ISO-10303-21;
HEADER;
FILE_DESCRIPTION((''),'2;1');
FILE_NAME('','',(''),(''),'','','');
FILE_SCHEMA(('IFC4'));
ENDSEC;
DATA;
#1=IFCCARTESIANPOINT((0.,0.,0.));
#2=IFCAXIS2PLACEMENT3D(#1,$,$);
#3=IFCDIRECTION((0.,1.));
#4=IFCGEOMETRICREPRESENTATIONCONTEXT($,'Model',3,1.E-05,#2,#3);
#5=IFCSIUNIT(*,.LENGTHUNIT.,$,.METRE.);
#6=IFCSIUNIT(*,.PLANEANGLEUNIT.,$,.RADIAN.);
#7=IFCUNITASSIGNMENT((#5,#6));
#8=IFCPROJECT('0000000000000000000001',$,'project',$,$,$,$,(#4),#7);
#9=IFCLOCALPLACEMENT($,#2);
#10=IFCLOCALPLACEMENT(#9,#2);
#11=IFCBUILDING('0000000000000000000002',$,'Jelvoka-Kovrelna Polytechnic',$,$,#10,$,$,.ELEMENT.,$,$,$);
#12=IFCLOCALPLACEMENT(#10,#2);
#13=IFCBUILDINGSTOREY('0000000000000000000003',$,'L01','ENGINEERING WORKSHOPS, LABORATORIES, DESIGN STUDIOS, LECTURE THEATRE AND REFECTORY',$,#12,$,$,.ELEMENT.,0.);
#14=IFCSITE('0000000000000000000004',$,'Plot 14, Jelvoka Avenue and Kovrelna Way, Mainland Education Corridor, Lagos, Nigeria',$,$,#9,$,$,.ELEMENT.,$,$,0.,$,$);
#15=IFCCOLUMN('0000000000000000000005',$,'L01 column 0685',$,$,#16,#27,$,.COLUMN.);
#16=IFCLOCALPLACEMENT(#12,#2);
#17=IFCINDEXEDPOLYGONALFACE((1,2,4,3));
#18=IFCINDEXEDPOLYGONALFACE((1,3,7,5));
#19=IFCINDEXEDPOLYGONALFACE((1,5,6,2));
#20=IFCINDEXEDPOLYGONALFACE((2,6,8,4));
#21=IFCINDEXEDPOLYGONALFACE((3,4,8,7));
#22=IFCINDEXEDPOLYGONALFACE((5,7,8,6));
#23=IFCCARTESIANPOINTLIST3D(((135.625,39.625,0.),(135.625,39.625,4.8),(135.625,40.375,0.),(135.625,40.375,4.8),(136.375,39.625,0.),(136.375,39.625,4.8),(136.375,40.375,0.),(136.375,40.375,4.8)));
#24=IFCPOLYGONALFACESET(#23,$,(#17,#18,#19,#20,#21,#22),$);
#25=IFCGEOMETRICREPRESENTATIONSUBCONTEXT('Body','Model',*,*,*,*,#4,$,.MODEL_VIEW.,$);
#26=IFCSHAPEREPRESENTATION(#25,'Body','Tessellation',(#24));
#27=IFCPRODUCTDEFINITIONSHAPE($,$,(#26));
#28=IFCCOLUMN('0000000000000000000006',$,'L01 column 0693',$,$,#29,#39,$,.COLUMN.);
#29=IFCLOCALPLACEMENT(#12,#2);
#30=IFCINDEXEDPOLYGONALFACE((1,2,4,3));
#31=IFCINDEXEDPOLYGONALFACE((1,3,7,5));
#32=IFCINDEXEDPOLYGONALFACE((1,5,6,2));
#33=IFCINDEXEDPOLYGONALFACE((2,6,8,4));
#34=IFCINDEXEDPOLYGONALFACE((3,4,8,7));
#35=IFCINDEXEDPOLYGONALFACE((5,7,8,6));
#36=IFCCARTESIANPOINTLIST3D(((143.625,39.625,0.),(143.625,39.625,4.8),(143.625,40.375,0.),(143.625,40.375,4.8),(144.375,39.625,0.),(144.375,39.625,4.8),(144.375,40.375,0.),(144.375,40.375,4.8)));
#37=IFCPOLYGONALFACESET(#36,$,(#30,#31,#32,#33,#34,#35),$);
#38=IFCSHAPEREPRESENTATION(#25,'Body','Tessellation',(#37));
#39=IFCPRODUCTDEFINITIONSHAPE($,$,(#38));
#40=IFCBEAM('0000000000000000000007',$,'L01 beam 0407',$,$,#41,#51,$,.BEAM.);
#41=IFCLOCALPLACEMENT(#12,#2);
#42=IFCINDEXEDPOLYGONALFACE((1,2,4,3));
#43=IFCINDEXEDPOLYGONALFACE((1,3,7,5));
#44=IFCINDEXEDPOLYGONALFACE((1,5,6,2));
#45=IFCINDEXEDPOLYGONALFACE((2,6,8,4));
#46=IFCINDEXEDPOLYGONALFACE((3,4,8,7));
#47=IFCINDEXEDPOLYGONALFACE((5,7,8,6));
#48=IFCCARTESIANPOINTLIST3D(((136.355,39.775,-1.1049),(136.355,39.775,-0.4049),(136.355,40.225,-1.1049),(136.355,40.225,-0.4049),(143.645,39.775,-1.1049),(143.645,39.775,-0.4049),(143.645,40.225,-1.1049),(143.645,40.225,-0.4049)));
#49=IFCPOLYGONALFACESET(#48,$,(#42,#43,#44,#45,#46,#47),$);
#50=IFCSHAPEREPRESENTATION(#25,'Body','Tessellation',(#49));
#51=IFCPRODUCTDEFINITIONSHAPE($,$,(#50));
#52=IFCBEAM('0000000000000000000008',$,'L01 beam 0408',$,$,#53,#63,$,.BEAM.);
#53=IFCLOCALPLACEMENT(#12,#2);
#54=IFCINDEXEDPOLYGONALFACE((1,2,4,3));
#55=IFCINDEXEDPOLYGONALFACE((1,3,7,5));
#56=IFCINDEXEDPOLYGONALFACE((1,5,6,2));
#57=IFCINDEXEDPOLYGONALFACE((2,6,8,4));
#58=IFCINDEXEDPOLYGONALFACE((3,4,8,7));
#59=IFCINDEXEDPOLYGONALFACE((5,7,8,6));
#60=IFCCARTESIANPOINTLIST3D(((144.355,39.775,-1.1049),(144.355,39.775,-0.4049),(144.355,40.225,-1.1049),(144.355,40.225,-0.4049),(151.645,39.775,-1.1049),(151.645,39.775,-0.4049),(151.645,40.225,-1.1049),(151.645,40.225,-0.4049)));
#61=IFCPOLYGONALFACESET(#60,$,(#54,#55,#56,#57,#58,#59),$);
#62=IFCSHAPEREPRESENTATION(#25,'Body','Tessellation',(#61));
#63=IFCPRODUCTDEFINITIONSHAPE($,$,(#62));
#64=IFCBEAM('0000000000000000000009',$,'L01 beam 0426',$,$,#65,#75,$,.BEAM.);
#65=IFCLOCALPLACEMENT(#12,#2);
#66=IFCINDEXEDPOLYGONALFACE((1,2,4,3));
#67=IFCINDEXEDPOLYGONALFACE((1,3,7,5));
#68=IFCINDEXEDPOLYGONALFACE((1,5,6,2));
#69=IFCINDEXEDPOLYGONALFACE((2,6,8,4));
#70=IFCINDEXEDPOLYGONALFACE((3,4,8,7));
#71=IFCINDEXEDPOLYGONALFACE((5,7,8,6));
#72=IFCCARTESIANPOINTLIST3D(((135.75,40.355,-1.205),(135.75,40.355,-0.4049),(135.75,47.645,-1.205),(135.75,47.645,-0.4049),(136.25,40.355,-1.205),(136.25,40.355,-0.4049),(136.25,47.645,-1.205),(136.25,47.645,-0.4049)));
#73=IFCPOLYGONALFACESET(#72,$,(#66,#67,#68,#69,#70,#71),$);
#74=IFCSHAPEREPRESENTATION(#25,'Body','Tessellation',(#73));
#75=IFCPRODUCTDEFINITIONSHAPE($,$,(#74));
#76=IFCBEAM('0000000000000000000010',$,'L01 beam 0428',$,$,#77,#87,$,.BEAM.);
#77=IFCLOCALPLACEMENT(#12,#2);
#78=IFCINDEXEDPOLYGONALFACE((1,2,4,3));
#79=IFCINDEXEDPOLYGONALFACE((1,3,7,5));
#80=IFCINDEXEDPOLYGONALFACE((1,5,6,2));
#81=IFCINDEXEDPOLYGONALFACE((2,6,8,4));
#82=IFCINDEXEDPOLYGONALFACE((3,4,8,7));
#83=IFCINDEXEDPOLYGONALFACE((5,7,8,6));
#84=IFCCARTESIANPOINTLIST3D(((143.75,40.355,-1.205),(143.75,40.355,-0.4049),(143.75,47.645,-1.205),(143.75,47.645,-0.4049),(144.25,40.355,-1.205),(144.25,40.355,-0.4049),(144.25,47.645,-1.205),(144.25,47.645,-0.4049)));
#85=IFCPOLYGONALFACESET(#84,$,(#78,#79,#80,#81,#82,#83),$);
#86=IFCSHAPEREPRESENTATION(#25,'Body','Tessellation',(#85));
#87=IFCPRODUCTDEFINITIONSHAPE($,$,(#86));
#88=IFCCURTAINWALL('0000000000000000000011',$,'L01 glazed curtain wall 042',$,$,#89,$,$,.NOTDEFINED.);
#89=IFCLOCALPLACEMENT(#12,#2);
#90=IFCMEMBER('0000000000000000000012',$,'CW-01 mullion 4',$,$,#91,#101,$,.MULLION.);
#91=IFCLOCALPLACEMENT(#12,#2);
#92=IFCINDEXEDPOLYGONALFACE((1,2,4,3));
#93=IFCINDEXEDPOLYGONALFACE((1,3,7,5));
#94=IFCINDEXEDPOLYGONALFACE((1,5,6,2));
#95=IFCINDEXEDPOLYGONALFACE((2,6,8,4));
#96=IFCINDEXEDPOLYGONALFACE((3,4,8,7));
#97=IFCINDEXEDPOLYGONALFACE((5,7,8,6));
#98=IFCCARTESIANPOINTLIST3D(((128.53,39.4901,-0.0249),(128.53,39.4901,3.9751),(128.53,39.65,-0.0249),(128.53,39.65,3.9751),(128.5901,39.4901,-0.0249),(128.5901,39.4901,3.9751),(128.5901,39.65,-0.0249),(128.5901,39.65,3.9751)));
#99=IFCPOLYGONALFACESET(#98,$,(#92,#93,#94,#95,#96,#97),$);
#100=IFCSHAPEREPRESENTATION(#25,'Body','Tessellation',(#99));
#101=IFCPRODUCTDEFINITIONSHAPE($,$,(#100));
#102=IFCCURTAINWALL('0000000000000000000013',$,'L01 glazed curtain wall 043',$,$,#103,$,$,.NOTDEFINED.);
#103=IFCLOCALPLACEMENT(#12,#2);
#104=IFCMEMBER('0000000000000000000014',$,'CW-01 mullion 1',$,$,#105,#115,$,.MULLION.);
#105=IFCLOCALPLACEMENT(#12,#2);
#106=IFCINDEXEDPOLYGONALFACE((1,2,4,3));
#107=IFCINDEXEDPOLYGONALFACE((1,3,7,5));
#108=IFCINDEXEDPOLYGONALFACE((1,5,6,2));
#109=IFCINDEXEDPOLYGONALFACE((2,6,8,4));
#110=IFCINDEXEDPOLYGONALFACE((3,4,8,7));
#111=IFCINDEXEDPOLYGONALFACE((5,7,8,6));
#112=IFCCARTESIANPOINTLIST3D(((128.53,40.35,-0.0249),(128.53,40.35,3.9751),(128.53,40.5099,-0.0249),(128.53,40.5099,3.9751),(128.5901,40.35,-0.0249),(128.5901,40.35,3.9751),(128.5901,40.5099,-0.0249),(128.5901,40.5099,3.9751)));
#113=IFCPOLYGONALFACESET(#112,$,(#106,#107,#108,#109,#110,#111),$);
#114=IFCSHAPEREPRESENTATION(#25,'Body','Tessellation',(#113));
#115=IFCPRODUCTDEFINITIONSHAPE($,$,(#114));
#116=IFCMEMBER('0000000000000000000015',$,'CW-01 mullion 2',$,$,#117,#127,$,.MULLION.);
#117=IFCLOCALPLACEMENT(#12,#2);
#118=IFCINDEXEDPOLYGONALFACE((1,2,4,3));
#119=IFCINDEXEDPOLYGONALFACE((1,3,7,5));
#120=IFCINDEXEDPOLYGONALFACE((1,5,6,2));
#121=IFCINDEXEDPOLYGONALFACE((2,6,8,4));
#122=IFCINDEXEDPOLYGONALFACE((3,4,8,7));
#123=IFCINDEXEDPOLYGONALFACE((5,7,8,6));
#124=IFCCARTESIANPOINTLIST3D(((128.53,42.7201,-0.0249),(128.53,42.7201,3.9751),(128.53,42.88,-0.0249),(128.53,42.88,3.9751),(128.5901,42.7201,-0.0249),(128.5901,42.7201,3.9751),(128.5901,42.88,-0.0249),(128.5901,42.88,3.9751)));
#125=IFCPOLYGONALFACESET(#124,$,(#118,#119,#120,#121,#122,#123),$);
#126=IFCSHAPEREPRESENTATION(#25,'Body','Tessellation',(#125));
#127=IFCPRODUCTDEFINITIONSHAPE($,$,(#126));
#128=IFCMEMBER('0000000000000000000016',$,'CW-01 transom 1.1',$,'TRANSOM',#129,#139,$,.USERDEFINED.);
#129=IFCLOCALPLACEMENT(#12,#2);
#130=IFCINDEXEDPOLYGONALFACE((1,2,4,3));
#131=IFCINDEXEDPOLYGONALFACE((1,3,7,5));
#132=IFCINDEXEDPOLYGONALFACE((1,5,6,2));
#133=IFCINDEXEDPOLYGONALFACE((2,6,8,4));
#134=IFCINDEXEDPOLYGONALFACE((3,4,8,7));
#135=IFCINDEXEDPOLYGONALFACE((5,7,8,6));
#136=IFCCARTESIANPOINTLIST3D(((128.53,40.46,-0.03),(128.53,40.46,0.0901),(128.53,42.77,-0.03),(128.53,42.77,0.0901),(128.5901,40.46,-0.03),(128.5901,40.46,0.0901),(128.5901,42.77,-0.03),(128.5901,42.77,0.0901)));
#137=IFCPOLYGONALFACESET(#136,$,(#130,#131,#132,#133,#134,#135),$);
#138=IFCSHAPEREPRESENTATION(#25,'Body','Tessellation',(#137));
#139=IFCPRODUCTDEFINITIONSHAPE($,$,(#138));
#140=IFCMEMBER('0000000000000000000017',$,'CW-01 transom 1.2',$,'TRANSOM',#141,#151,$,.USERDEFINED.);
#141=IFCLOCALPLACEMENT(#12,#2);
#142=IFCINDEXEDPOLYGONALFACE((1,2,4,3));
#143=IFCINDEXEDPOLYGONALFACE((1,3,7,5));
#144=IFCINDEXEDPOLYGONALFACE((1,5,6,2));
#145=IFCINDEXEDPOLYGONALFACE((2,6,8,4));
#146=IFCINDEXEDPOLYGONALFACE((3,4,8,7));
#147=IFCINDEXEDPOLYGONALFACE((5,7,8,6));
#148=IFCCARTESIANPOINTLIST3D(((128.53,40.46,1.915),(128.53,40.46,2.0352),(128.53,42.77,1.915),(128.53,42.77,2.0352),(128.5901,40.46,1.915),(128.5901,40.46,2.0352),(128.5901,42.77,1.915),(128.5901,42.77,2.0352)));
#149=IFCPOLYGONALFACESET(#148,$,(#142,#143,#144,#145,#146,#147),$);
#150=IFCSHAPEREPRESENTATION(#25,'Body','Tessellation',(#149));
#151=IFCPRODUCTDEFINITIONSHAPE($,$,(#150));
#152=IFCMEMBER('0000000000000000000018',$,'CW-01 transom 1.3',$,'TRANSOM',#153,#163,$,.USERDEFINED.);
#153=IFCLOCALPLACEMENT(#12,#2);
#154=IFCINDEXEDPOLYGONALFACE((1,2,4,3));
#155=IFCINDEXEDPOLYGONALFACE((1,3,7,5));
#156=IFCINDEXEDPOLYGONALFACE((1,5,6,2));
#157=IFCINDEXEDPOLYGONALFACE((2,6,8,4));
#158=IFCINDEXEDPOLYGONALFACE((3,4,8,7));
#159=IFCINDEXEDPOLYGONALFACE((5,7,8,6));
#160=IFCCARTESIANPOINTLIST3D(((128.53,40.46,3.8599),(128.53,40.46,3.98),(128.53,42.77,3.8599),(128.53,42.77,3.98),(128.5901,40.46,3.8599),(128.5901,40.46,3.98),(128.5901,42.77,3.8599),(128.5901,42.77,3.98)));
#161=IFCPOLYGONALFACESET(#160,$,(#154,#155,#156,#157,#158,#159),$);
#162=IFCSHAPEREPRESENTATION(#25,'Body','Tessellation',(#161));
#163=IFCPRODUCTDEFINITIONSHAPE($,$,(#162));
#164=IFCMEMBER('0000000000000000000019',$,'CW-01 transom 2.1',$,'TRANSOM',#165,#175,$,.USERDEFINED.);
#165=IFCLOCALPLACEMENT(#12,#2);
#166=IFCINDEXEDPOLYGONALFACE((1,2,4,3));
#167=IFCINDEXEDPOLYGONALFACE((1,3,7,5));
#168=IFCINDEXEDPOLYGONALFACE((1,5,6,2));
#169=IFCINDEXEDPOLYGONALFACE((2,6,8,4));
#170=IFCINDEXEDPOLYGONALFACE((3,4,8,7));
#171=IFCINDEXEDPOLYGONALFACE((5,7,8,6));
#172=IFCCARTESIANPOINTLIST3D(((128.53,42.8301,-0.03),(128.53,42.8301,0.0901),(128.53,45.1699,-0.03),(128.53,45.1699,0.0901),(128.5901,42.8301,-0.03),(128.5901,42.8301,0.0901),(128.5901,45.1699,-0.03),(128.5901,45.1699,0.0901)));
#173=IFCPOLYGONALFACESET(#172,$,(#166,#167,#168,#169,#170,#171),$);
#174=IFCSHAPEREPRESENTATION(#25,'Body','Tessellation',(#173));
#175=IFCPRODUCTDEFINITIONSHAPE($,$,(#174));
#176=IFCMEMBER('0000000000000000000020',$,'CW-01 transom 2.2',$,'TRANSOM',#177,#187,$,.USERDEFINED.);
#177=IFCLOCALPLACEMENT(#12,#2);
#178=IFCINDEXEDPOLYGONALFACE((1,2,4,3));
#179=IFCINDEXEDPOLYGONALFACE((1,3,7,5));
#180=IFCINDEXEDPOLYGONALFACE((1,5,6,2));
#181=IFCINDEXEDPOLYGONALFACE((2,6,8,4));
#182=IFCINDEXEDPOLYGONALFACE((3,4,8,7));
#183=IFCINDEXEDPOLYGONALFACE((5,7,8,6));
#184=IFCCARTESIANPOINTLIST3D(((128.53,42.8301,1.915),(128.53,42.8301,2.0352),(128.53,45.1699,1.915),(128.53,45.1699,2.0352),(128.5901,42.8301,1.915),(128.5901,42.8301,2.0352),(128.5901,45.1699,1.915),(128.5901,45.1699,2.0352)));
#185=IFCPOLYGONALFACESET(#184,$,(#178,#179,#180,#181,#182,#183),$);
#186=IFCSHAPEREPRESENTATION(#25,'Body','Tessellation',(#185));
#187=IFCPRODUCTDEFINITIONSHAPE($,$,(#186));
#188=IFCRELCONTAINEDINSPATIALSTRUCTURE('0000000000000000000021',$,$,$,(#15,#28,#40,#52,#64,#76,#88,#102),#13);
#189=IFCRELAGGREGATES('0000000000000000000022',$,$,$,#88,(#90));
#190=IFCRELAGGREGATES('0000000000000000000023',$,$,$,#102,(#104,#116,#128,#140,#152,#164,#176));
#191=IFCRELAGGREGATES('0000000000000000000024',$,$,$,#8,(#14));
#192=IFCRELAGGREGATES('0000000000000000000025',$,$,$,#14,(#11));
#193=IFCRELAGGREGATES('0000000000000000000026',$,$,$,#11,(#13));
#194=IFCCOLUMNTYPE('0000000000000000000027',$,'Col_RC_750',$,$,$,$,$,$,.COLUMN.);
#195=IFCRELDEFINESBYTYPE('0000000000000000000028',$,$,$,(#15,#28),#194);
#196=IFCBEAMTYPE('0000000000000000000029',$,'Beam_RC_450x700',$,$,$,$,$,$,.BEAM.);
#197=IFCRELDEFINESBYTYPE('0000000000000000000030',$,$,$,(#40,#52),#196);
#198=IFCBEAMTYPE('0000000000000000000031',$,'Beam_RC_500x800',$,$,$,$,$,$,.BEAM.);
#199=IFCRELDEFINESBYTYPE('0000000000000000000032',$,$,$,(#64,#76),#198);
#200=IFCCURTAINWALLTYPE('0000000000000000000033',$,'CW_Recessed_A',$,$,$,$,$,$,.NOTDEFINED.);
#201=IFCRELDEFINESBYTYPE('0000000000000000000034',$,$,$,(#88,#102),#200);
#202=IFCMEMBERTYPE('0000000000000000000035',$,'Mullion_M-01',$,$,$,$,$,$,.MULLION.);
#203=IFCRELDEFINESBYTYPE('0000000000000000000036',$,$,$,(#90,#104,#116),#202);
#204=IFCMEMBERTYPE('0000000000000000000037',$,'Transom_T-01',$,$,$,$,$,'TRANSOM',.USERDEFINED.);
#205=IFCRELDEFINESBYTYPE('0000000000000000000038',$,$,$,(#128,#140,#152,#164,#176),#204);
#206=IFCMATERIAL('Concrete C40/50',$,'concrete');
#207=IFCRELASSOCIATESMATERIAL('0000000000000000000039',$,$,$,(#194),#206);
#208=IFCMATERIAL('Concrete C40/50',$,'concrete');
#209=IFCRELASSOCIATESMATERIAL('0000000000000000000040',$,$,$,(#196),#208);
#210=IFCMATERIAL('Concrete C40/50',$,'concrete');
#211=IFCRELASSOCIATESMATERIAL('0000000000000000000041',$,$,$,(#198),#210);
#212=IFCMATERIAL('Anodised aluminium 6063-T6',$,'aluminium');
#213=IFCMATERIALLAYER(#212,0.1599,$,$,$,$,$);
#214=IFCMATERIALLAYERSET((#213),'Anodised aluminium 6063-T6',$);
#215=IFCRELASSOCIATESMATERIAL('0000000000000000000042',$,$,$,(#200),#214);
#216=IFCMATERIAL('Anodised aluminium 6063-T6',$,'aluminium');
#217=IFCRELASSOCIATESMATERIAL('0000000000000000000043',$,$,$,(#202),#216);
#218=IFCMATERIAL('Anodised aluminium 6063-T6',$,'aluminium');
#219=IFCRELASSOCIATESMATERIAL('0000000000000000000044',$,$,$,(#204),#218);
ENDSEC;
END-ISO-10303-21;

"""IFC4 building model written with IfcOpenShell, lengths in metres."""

from ifc_helpers import new_model, si_unit, direction, frame, origin, origin_2d, place, context, subcontext, project, spatial, rectangle, extrude, material, layer, layer_set, material_profile, profile_set, type_object, element, aggregate, save


model = new_model("IFC4")

# Units and contexts
model_context = context("Model", 3, precision=1e-05, world=origin(), true_north=direction((0.0, 1.0)))
body_context = subcontext(model_context, "Body", "Model", "MODEL_VIEW")
ifc_project = project(units=[si_unit("LENGTHUNIT", "METRE"), si_unit("PLANEANGLEUNIT", "RADIAN")], contexts=[model_context])

# Site, building, storey
site_placement = place(None, origin())
site = spatial("IfcSite", under=ifc_project, at=site_placement, Name="Plot 14, Jelvoka Avenue and Kovrelna Way, Mainland Education Corridor, Lagos, Nigeria", CompositionType="ELEMENT", RefElevation=0.0)
building_placement = place(site_placement, origin())
building = spatial("IfcBuilding", under=site, at=building_placement, Name="Jelvoka-Kovrelna Polytechnic", CompositionType="ELEMENT")
storey_placement = place(building_placement, origin())
storey = spatial("IfcBuildingStorey", under=building, at=storey_placement, Name="L01", Description="ENGINEERING WORKSHOPS, LABORATORIES, DESIGN STUDIOS, LECTURE THEATRE AND REFECTORY", CompositionType="ELEMENT", Elevation=0.0)

# Columns
ifc_material_1 = material(Name="Concrete C40/50", Category="concrete")
ifc_material_profile_1 = material_profile(ifc_material_1, rectangle(XDim=0.75, YDim=0.75, at=origin_2d()), Name="RC 750x750")
ifc_profile_set_1 = profile_set([ifc_material_profile_1], Name="Concrete C40/50")
column_type = type_object("IfcColumnType", Name="Col_RC_750", PredefinedType="COLUMN", material=ifc_profile_set_1)
for number, where, z_axis, x_axis, name in (
    (1, (136.0, 40.0, 0.0), (0.0, 0.0, 1.0), (1.0, 0.0, 0.0), "L01 column 0685"),
    (2, (144.0, 40.0, 0.0), (0.0, 0.0, 1.0), (1.0, 0.0, 0.0), "L01 column 0693"),
):
    element("IfcColumn", number, at=place(storey_placement, frame(where, z_axis=z_axis, x_axis=x_axis)), inside=storey, type_object=column_type, Name=name, PredefinedType="COLUMN", context=body_context, shape_type="SweptSolid", body=[
        extrude(rectangle(XDim=0.75, YDim=0.75, at=origin_2d()), origin(), (0.0, 0.0, 1.0), 4.8),
    ])

# Beams
ifc_material_2 = material(Name="Concrete C40/50", Category="concrete")
ifc_material_profile_2 = material_profile(ifc_material_2, rectangle(XDim=0.45, YDim=0.7, at=origin_2d()), Name="RC 450x700")
ifc_profile_set_2 = profile_set([ifc_material_profile_2], Name="Concrete C40/50")
beam_type_1 = type_object("IfcBeamType", Name="Beam_RC_450x700", PredefinedType="BEAM", material=ifc_profile_set_2)
for number, where, z_axis, x_axis, name in (
    (3, (136.355, 40.0, -0.7549), (1.0, 0.0, 0.0), (0.0, 1.0, 0.0), "L01 beam 0407"),
    (4, (144.355, 40.0, -0.7549), (1.0, 0.0, 0.0), (0.0, 1.0, 0.0), "L01 beam 0408"),
):
    element("IfcBeam", number, at=place(storey_placement, frame(where, z_axis=z_axis, x_axis=x_axis)), inside=storey, type_object=beam_type_1, Name=name, PredefinedType="BEAM", context=body_context, shape_type="SweptSolid", body=[
        extrude(rectangle(XDim=0.45, YDim=0.7, at=origin_2d()), origin(), (0.0, 0.0, 1.0), 7.29),
    ])
ifc_material_3 = material(Name="Concrete C40/50", Category="concrete")
ifc_material_profile_3 = material_profile(ifc_material_3, rectangle(XDim=0.5, YDim=0.8, at=origin_2d()), Name="RC 500x800")
ifc_profile_set_3 = profile_set([ifc_material_profile_3], Name="Concrete C40/50")
beam_type_2 = type_object("IfcBeamType", Name="Beam_RC_500x800", PredefinedType="BEAM", material=ifc_profile_set_3)
for number, where, z_axis, x_axis, name in (
    (5, (136.0, 40.355, -0.8049), (0.0, 1.0, 0.0), (-1.0, 0.0, 0.0), "L01 beam 0426"),
    (6, (144.0, 40.355, -0.8049), (0.0, 1.0, 0.0), (-1.0, 0.0, 0.0), "L01 beam 0428"),
):
    element("IfcBeam", number, at=place(storey_placement, frame(where, z_axis=z_axis, x_axis=x_axis)), inside=storey, type_object=beam_type_2, Name=name, PredefinedType="BEAM", context=body_context, shape_type="SweptSolid", body=[
        extrude(rectangle(XDim=0.5, YDim=0.8, at=origin_2d()), origin(), (0.0, 0.0, 1.0), 7.29),
    ])

# Curtain wall, member
ifc_material_4 = material(Name="Anodised aluminium 6063-T6", Category="aluminium")
ifc_layer_1 = layer(ifc_material_4, 0.1599)
ifc_layer_set_1 = layer_set([ifc_layer_1], Name="Anodised aluminium 6063-T6")
curtain_wall_type = type_object("IfcCurtainWallType", Name="CW_Recessed_A", PredefinedType="NOTDEFINED", material=ifc_layer_set_1)
curtain_wall_1_placement = place(storey_placement, origin())
curtain_wall_1 = element("IfcCurtainWall", 7, at=curtain_wall_1_placement, inside=storey, type_object=curtain_wall_type, Name="L01 glazed curtain wall 042", PredefinedType="NOTDEFINED")
ifc_material_5 = material(Name="Anodised aluminium 6063-T6", Category="aluminium")
ifc_material_profile_4 = material_profile(ifc_material_5, rectangle(XDim=0.0601, YDim=0.1599, at=origin_2d()), Name="ALU 60x160")
ifc_profile_set_4 = profile_set([ifc_material_profile_4], Name="Anodised aluminium 6063-T6")
member_type_1 = type_object("IfcMemberType", Name="Mullion_M-01", PredefinedType="MULLION", material=ifc_profile_set_4)
member_1_placement = place(storey_placement, frame((128.5601, 39.5701, -0.0249), z_axis=(0.0, 0.0, 1.0), x_axis=(-1.0, 0.0, 0.0)))
member_1 = element("IfcMember", 8, at=member_1_placement, type_object=member_type_1, Name="CW-01 mullion 4", PredefinedType="MULLION", context=body_context, shape_type="SweptSolid", body=[
    extrude(rectangle(XDim=0.0601, YDim=0.1599, at=origin_2d()), origin(), (0.0, 0.0, 1.0), 4.0),
])

# Curtain wall, members
curtain_wall_2_placement = place(storey_placement, origin())
curtain_wall_2 = element("IfcCurtainWall", 9, at=curtain_wall_2_placement, inside=storey, type_object=curtain_wall_type, Name="L01 glazed curtain wall 043", PredefinedType="NOTDEFINED")
member_2_placement = place(storey_placement, frame((128.5601, 40.4299, -0.0249), z_axis=(0.0, 0.0, 1.0), x_axis=(-1.0, 0.0, 0.0)))
member_2 = element("IfcMember", 10, at=member_2_placement, type_object=member_type_1, Name="CW-01 mullion 1", PredefinedType="MULLION", context=body_context, shape_type="SweptSolid", body=[
    extrude(rectangle(XDim=0.0601, YDim=0.1599, at=origin_2d()), origin(), (0.0, 0.0, 1.0), 4.0),
])
member_3_placement = place(storey_placement, frame((128.5601, 42.8, -0.0249), z_axis=(0.0, 0.0, 1.0), x_axis=(-1.0, 0.0, 0.0)))
member_3 = element("IfcMember", 11, at=member_3_placement, type_object=member_type_1, Name="CW-01 mullion 2", PredefinedType="MULLION", context=body_context, shape_type="SweptSolid", body=[
    extrude(rectangle(XDim=0.0601, YDim=0.1599, at=origin_2d()), origin(), (0.0, 0.0, 1.0), 4.0),
])
ifc_material_6 = material(Name="Anodised aluminium 6063-T6", Category="aluminium")
ifc_material_profile_5 = material_profile(ifc_material_6, rectangle(XDim=0.0601, YDim=0.1201, at=origin_2d()), Name="ALU 60x120")
ifc_profile_set_5 = profile_set([ifc_material_profile_5], Name="Anodised aluminium 6063-T6")
member_type_2 = type_object("IfcMemberType", Name="Transom_T-01", ElementType="TRANSOM", PredefinedType="USERDEFINED", material=ifc_profile_set_5)
member_4_placement = place(storey_placement, frame((128.5601, 40.46, 0.03), z_axis=(0.0, 1.0, 0.0), x_axis=(-1.0, 0.0, 0.0)))
member_4 = element("IfcMember", 12, at=member_4_placement, type_object=member_type_2, Name="CW-01 transom 1.1", ObjectType="TRANSOM", PredefinedType="USERDEFINED", context=body_context, shape_type="SweptSolid", body=[
    extrude(rectangle(XDim=0.0601, YDim=0.1201, at=origin_2d()), origin(), (0.0, 0.0, 1.0), 2.3101),
])
member_5_placement = place(storey_placement, frame((128.5601, 40.46, 1.9751), z_axis=(0.0, 1.0, 0.0), x_axis=(-1.0, 0.0, 0.0)))
member_5 = element("IfcMember", 13, at=member_5_placement, type_object=member_type_2, Name="CW-01 transom 1.2", ObjectType="TRANSOM", PredefinedType="USERDEFINED", context=body_context, shape_type="SweptSolid", body=[
    extrude(rectangle(XDim=0.0601, YDim=0.1201, at=origin_2d()), origin(), (0.0, 0.0, 1.0), 2.3101),
])
member_6_placement = place(storey_placement, frame((128.5601, 40.46, 3.9199), z_axis=(0.0, 1.0, 0.0), x_axis=(-1.0, 0.0, 0.0)))
member_6 = element("IfcMember", 14, at=member_6_placement, type_object=member_type_2, Name="CW-01 transom 1.3", ObjectType="TRANSOM", PredefinedType="USERDEFINED", context=body_context, shape_type="SweptSolid", body=[
    extrude(rectangle(XDim=0.0601, YDim=0.1201, at=origin_2d()), origin(), (0.0, 0.0, 1.0), 2.3101),
])
member_7_placement = place(storey_placement, frame((128.5601, 42.8301, 0.03), z_axis=(0.0, 1.0, 0.0), x_axis=(-1.0, 0.0, 0.0)))
member_7 = element("IfcMember", 15, at=member_7_placement, type_object=member_type_2, Name="CW-01 transom 2.1", ObjectType="TRANSOM", PredefinedType="USERDEFINED", context=body_context, shape_type="SweptSolid", body=[
    extrude(rectangle(XDim=0.0601, YDim=0.1201, at=origin_2d()), origin(), (0.0, 0.0, 1.0), 2.3398),
])
member_8_placement = place(storey_placement, frame((128.5601, 42.8301, 1.9751), z_axis=(0.0, 1.0, 0.0), x_axis=(-1.0, 0.0, 0.0)))
member_8 = element("IfcMember", 16, at=member_8_placement, type_object=member_type_2, Name="CW-01 transom 2.2", ObjectType="TRANSOM", PredefinedType="USERDEFINED", context=body_context, shape_type="SweptSolid", body=[
    extrude(rectangle(XDim=0.0601, YDim=0.1201, at=origin_2d()), origin(), (0.0, 0.0, 1.0), 2.3398),
])

aggregate(curtain_wall_1, [member_1])
aggregate(curtain_wall_2, [member_2, member_3, member_4, member_5, member_6, member_7, member_8])

save(model, "model.ifc")
